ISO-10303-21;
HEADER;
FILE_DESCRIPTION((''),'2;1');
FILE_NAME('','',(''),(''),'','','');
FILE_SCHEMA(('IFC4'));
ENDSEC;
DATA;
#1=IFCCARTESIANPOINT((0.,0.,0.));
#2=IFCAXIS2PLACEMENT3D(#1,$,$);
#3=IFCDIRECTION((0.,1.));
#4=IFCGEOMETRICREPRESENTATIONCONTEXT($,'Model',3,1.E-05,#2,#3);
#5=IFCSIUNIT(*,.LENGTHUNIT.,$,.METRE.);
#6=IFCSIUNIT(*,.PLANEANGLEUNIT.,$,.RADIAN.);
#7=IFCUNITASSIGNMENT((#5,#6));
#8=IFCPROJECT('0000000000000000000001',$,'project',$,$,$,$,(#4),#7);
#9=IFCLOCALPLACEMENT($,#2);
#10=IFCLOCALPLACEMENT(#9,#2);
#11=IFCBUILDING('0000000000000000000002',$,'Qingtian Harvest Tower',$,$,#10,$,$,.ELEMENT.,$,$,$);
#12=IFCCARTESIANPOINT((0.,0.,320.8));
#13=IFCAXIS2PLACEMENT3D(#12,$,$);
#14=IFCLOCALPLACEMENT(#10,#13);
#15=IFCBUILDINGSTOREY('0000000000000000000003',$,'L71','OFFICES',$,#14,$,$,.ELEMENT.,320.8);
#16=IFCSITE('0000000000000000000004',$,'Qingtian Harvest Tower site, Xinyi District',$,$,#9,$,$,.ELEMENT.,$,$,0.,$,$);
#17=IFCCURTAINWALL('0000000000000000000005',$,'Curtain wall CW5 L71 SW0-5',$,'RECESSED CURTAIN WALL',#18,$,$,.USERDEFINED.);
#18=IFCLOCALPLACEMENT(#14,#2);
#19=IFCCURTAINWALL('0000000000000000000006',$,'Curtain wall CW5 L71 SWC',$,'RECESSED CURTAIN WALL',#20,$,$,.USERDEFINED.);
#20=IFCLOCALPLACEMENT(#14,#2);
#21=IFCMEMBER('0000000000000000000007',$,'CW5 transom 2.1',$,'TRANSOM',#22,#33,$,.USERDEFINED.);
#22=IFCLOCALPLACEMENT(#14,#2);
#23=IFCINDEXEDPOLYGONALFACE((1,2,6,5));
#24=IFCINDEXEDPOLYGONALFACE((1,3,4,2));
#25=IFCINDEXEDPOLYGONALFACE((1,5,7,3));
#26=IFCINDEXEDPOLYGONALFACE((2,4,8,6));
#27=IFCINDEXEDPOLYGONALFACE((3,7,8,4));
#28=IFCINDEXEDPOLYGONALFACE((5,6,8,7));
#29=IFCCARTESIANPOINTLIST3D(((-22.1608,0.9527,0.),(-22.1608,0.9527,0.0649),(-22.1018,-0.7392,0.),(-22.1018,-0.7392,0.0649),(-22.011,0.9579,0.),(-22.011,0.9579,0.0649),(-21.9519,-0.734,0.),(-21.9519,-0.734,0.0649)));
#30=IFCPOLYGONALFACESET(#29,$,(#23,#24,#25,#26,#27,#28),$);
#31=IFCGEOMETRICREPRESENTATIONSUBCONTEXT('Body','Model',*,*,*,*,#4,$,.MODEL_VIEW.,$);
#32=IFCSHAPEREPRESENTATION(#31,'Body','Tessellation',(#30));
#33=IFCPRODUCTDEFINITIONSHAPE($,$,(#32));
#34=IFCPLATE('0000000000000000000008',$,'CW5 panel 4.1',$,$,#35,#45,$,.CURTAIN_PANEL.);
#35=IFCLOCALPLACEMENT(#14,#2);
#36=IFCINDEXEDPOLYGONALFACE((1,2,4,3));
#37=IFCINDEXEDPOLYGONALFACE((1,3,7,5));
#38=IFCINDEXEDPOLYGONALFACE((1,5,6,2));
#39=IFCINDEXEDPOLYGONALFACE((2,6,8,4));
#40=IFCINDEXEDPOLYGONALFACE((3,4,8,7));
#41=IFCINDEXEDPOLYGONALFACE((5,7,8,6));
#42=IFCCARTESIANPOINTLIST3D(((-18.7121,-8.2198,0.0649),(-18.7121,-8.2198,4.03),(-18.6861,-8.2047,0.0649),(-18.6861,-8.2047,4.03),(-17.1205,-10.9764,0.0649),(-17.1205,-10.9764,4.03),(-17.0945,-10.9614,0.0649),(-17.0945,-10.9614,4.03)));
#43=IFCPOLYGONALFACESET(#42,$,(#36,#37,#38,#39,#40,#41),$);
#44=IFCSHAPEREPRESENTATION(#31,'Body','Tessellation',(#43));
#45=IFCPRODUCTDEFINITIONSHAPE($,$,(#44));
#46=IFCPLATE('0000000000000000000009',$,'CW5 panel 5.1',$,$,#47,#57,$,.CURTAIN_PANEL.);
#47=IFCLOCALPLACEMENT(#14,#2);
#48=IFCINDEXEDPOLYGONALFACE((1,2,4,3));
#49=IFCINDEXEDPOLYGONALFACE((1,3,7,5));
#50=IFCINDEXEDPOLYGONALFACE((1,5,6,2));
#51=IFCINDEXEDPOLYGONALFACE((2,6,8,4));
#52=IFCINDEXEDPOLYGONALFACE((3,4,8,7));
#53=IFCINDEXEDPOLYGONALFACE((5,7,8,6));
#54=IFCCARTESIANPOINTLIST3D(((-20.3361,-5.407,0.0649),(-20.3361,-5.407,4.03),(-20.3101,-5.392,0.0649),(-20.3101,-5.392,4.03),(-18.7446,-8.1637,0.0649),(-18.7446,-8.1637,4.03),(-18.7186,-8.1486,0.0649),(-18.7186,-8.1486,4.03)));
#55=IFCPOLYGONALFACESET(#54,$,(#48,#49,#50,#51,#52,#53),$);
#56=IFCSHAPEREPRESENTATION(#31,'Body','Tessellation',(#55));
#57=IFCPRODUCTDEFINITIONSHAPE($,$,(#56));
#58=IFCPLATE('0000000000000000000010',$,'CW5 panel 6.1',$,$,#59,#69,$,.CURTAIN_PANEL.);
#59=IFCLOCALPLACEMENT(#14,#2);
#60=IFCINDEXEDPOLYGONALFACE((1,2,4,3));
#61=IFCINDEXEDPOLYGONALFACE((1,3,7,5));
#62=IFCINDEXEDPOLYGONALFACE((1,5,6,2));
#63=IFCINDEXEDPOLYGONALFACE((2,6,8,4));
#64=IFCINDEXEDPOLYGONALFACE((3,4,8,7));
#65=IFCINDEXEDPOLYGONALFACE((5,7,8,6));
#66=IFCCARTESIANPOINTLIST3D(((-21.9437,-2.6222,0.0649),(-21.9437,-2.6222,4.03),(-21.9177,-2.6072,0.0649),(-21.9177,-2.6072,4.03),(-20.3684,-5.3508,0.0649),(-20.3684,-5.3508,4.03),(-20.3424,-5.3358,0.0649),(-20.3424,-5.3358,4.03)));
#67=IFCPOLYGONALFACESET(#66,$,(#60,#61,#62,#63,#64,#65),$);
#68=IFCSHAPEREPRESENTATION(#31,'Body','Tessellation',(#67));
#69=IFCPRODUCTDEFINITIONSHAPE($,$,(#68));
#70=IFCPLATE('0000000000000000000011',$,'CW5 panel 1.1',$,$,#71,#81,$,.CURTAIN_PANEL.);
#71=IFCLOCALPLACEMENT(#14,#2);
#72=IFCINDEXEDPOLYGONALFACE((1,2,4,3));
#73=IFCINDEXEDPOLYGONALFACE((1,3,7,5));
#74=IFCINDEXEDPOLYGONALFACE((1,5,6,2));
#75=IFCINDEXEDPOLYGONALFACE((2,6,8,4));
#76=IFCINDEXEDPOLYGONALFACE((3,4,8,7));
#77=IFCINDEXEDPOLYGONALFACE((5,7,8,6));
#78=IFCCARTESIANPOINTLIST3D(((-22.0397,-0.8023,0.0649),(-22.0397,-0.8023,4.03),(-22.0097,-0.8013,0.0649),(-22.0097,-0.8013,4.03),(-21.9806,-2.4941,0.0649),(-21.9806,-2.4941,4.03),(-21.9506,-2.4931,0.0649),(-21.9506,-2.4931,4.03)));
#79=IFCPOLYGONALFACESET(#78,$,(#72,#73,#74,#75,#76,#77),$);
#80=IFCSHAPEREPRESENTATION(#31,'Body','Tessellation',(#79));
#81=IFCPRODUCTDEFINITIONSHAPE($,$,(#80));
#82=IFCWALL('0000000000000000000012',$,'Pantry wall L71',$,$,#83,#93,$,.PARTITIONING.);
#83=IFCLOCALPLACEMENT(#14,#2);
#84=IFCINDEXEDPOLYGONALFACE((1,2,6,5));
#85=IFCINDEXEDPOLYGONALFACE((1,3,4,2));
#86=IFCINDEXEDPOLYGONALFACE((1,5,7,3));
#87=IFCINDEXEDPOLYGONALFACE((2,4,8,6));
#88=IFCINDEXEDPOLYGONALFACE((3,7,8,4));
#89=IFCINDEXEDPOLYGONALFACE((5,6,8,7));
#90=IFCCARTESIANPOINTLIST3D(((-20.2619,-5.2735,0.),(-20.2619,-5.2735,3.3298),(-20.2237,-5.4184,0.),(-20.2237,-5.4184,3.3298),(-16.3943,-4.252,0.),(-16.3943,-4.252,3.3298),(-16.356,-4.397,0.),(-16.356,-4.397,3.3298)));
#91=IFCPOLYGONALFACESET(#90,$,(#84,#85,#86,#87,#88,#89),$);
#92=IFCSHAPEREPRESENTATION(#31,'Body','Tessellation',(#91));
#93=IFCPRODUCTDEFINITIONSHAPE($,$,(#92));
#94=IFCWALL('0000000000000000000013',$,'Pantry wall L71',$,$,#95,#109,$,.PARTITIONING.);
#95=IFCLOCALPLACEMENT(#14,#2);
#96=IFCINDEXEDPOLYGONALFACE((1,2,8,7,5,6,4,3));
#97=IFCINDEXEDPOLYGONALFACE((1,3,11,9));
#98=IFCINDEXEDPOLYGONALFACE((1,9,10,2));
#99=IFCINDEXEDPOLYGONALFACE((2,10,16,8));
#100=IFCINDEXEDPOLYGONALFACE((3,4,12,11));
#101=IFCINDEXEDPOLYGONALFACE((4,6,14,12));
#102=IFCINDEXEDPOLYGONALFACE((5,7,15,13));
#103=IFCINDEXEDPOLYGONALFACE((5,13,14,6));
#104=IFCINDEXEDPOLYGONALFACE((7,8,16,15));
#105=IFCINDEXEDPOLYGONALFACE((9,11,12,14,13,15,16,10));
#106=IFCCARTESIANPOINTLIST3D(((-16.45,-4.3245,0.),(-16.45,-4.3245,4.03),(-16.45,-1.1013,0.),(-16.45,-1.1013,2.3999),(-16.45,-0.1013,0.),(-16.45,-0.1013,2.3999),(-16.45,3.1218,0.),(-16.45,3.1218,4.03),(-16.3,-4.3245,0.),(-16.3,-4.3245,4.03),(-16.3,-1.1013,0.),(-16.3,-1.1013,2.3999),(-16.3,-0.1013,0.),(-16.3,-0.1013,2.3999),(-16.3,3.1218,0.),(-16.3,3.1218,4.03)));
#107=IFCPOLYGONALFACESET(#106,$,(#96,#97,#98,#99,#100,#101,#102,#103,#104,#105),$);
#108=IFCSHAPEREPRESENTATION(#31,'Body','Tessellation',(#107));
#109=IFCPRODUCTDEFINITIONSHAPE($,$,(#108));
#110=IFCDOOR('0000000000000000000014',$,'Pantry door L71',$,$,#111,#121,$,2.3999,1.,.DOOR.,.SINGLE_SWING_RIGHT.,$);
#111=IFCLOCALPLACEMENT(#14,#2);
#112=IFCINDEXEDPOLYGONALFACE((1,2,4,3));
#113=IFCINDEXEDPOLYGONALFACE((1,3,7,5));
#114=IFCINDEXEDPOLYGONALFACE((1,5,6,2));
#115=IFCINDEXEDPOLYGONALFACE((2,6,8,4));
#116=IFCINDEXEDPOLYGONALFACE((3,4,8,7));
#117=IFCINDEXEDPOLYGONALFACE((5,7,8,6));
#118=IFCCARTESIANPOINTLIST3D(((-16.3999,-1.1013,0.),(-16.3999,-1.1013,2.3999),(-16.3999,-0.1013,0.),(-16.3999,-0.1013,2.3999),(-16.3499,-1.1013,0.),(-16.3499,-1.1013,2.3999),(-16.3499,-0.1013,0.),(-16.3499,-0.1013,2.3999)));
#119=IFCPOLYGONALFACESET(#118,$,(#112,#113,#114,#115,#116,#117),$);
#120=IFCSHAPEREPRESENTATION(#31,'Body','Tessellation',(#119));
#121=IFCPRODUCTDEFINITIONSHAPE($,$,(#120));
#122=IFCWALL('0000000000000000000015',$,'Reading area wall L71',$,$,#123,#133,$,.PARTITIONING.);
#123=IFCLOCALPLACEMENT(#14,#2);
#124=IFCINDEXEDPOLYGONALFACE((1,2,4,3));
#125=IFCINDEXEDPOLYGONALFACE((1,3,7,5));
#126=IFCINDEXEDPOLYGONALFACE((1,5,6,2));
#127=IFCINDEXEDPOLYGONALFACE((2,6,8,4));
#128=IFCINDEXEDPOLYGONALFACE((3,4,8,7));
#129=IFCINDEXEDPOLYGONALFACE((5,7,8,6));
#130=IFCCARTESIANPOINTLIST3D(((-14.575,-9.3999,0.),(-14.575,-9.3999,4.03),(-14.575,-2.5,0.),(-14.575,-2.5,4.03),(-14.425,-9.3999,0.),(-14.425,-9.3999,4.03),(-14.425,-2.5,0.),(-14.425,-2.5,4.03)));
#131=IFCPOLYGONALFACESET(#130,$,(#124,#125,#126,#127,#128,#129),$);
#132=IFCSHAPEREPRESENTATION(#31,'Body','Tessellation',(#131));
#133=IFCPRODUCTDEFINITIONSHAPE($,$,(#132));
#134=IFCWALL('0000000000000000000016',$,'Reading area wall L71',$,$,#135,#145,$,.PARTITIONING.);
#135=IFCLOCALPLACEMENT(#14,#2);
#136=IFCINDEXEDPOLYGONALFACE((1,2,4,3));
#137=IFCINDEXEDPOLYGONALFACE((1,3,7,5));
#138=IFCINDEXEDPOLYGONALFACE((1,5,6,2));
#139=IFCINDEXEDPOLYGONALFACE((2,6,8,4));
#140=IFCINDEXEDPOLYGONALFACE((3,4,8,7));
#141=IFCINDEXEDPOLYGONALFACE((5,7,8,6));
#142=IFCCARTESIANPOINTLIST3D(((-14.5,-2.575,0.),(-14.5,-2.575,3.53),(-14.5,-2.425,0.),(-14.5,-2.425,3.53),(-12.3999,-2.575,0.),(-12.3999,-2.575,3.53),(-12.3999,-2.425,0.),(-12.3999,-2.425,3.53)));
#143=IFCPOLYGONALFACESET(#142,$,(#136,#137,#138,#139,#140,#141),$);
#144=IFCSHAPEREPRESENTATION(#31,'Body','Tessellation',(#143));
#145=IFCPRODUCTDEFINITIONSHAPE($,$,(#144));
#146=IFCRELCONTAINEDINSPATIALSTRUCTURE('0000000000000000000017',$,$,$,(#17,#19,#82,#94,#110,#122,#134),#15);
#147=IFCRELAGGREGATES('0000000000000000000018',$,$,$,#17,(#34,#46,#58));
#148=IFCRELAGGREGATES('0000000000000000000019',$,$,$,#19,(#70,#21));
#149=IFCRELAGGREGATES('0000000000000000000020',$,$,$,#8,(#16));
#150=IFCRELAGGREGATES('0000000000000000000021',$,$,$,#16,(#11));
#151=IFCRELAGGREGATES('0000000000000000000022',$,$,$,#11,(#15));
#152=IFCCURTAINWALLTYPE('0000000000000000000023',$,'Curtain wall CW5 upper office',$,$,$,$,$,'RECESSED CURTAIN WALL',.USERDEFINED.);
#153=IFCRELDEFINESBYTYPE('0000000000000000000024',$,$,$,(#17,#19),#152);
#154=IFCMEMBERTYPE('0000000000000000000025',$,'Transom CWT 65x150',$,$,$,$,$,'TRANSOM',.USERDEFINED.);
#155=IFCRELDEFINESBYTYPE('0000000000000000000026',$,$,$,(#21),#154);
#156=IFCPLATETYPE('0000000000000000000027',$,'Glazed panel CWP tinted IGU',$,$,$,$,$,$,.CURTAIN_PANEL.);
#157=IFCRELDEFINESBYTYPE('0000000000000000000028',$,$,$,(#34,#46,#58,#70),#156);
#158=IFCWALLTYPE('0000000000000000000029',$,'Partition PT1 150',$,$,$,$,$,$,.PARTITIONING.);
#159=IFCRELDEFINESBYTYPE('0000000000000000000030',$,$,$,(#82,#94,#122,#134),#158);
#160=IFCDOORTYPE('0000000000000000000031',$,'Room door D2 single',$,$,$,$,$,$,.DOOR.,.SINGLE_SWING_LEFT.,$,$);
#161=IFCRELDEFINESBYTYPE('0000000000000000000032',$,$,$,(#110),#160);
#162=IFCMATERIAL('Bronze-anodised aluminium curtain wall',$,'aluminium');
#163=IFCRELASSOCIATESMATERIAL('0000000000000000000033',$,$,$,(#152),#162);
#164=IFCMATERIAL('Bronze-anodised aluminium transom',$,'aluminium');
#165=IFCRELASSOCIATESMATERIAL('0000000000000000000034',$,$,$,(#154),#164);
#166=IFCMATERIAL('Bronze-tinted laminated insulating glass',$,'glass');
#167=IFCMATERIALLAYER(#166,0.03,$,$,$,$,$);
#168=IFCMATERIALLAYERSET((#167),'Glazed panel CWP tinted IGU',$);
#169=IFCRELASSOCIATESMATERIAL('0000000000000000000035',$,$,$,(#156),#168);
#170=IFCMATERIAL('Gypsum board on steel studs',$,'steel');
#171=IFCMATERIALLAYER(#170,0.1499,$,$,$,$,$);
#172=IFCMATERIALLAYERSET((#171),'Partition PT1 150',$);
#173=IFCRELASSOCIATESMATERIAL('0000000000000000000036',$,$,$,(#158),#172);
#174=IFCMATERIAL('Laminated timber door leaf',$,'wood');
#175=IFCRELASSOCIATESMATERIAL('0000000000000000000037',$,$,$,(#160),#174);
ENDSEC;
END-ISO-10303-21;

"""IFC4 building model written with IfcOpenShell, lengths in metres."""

from ifc_helpers import new_model, si_unit, direction, frame, frame_2d, origin, origin_2d, place, context, subcontext, project, spatial, rectangle, extrude, material, layer, layer_set, material_profile, profile_set, type_object, element, fill, aggregate, save


model = new_model("IFC4")

# Units and contexts
model_context = context("Model", 3, precision=1e-05, world=origin(), true_north=direction((0.0, 1.0)))
body_context = subcontext(model_context, "Body", "Model", "MODEL_VIEW")
ifc_project = project(units=[si_unit("LENGTHUNIT", "METRE"), si_unit("PLANEANGLEUNIT", "RADIAN")], contexts=[model_context])

# Site, building, storey
site_placement = place(None, origin())
site = spatial("IfcSite", under=ifc_project, at=site_placement, Name="Qingtian Harvest Tower site, Xinyi District", CompositionType="ELEMENT", RefElevation=0.0)
building_placement = place(site_placement, origin())
building = spatial("IfcBuilding", under=site, at=building_placement, Name="Qingtian Harvest Tower", CompositionType="ELEMENT")
storey_placement = place(building_placement, frame((0.0, 0.0, 320.8)))
storey = spatial("IfcBuildingStorey", under=building, at=storey_placement, Name="L71", Description="OFFICES", CompositionType="ELEMENT", Elevation=320.8)

# Curtain walls
ifc_material_1 = material(Name="Bronze-anodised aluminium curtain wall", Category="aluminium")
curtain_wall_type = type_object("IfcCurtainWallType", Name="Curtain wall CW5 upper office", ElementType="RECESSED CURTAIN WALL", PredefinedType="USERDEFINED", material=ifc_material_1)
curtain_wall_1_placement = place(storey_placement, origin())
curtain_wall_1 = element("IfcCurtainWall", 1, at=curtain_wall_1_placement, inside=storey, type_object=curtain_wall_type, Name="Curtain wall CW5 L71 SW0-5", ObjectType="RECESSED CURTAIN WALL", PredefinedType="USERDEFINED")
curtain_wall_2_placement = place(storey_placement, origin())
curtain_wall_2 = element("IfcCurtainWall", 2, at=curtain_wall_2_placement, inside=storey, type_object=curtain_wall_type, Name="Curtain wall CW5 L71 SWC", ObjectType="RECESSED CURTAIN WALL", PredefinedType="USERDEFINED")

# Member
ifc_material_2 = material(Name="Bronze-anodised aluminium transom", Category="aluminium")
ifc_material_profile_1 = material_profile(ifc_material_2, rectangle(XDim=0.1499, YDim=0.0649, at=origin_2d()), Name="AL 65x150")
ifc_profile_set_1 = profile_set([ifc_material_profile_1], Name="Bronze-anodised aluminium transom")
member_type_1 = type_object("IfcMemberType", Name="Transom CWT 65x150", ElementType="TRANSOM", PredefinedType="USERDEFINED", material=ifc_profile_set_1)
member_1_placement = place(storey_placement, frame((-22.0269, -0.7366, 0.0325), z_axis=(-0.034899, 0.999391, 0.0), x_axis=(-0.999391, -0.034899, 0.0)))
member_1 = element("IfcMember", 3, at=member_1_placement, type_object=member_type_1, Name="CW5 transom 2.1", ObjectType="TRANSOM", PredefinedType="USERDEFINED", context=body_context, shape_type="SweptSolid", body=[
    extrude(rectangle(XDim=0.1499, YDim=0.0649, at=origin_2d()), origin(), (0.0, 0.0, 1.0), 1.6929),
])

# Plates
ifc_material_3 = material(Name="Bronze-tinted laminated insulating glass", Category="glass")
ifc_layer_1 = layer(ifc_material_3, 0.03)
ifc_layer_set_1 = layer_set([ifc_layer_1], Name="Glazed panel CWP tinted IGU")
plate_type = type_object("IfcPlateType", Name="Glazed panel CWP tinted IGU", PredefinedType="CURTAIN_PANEL", material=ifc_layer_set_1)
plate_1_placement = place(storey_placement, frame((-17.9033, -9.5906, 0.0649), z_axis=(0.0, 0.0, 1.0), x_axis=(-0.5, 0.866025, 0.0)))
plate_1 = element("IfcPlate", 4, at=plate_1_placement, type_object=plate_type, Name="CW5 panel 4.1", PredefinedType="CURTAIN_PANEL", context=body_context, shape_type="SweptSolid", body=[
    extrude(rectangle(XDim=3.1831, YDim=0.03, at=origin_2d()), origin(), (0.0, 0.0, 1.0), 3.9651),
])
plate_2_placement = place(storey_placement, frame((-19.5273, -6.7778, 0.0649), z_axis=(0.0, 0.0, 1.0), x_axis=(-0.5, 0.866025, 0.0)))
plate_2 = element("IfcPlate", 5, at=plate_2_placement, type_object=plate_type, Name="CW5 panel 5.1", PredefinedType="CURTAIN_PANEL", context=body_context, shape_type="SweptSolid", body=[
    extrude(rectangle(XDim=3.1831, YDim=0.03, at=origin_2d()), origin(), (0.0, 0.0, 1.0), 3.9651),
])
plate_3_placement = place(storey_placement, frame((-21.1431, -3.979, 0.0649), z_axis=(0.0, 0.0, 1.0), x_axis=(-0.5, 0.866025, 0.0)))
plate_3 = element("IfcPlate", 6, at=plate_3_placement, type_object=plate_type, Name="CW5 panel 6.1", PredefinedType="CURTAIN_PANEL", context=body_context, shape_type="SweptSolid", body=[
    extrude(rectangle(XDim=3.1506, YDim=0.03, at=origin_2d()), origin(), (0.0, 0.0, 1.0), 3.9651),
])
aggregate(curtain_wall_1, [plate_1, plate_2, plate_3])
plate_4_placement = place(storey_placement, frame((-21.9951, -1.6477, 0.0649), z_axis=(0.0, 0.0, 1.0), x_axis=(-0.034899, 0.999391, 0.0)))
plate_4 = element("IfcPlate", 7, at=plate_4_placement, type_object=plate_type, Name="CW5 panel 1.1", PredefinedType="CURTAIN_PANEL", context=body_context, shape_type="SweptSolid", body=[
    extrude(rectangle(XDim=1.6929, YDim=0.03, at=origin_2d()), origin(), (0.0, 0.0, 1.0), 3.9651),
])
aggregate(curtain_wall_2, [plate_4, member_1])

# Wall
ifc_material_4 = material(Name="Gypsum board on steel studs", Category="steel")
ifc_layer_2 = layer(ifc_material_4, 0.1499)
ifc_layer_set_2 = layer_set([ifc_layer_2], Name="Partition PT1 150")
wall_type = type_object("IfcWallType", Name="Partition PT1 150", PredefinedType="PARTITIONING", material=ifc_layer_set_2)
wall_1_placement = place(storey_placement, frame((-20.2427, -5.3459, 0.0), z_axis=(0.0, 0.0, 1.0), x_axis=(0.966848, 0.255352, 0.0)))
element("IfcWall", 8, at=wall_1_placement, inside=storey, type_object=wall_type, Name="Pantry wall L71", PredefinedType="PARTITIONING", context=body_context, shape_type="SweptSolid", body=[
    extrude(rectangle(XDim=4.0002, YDim=0.1499, at=frame_2d((2.0, 0.0))), origin(), (0.0, 0.0, 1.0), 3.3298),
])

# Wall, opening, door
wall_2_placement = place(storey_placement, frame((-16.375, -4.3245, 0.0), z_axis=(0.0, 0.0, 1.0), x_axis=(0.0, 1.0, 0.0)))
wall_2 = element("IfcWall", 9, at=wall_2_placement, inside=storey, type_object=wall_type, Name="Pantry wall L71", PredefinedType="PARTITIONING", context=body_context, shape_type="SweptSolid", body=[
    extrude(rectangle(XDim=7.4463, YDim=0.1499, at=frame_2d((3.7231, 0.0))), origin(), (0.0, 0.0, 1.0), 4.03),
])
opening_placement = place(wall_2_placement, frame((3.2231, 0.0, 0.0)))
opening = element("IfcOpeningElement", 10, at=opening_placement, cuts=wall_2, PredefinedType="OPENING", context=body_context, shape_type="SweptSolid", body=[
    extrude(rectangle(XDim=1.0, YDim=2.3999, at=frame_2d((0.5, 1.2))), frame((0.0, 0.085, 0.0), z_axis=(0.0, -1.0, 0.0), x_axis=(1.0, 0.0, 0.0)), (0.0, 0.0, 1.0), 0.1699),
])
ifc_material_5 = material(Name="Laminated timber door leaf", Category="wood")
door_type = type_object("IfcDoorType", Name="Room door D2 single", OperationType="SINGLE_SWING_LEFT", PredefinedType="DOOR", material=ifc_material_5)
door_placement = place(opening_placement, origin())
door = element("IfcDoor", 11, at=door_placement, inside=storey, type_object=door_type, Name="Pantry door L71", OperationType="SINGLE_SWING_RIGHT", OverallHeight=2.3999, OverallWidth=1.0, PredefinedType="DOOR", context=body_context, shape_type="SweptSolid", body=[
    extrude(rectangle(XDim=1.0, YDim=2.3999, at=frame_2d((0.5, 1.2))), frame((0.0, 0.0249, 0.0), z_axis=(0.0, -1.0, 0.0), x_axis=(1.0, 0.0, 0.0)), (0.0, 0.0, 1.0), 0.05),
])
fill(opening, door)

# Walls
wall_3_placement = place(storey_placement, frame((-14.5, -9.3999, 0.0), z_axis=(0.0, 0.0, 1.0), x_axis=(0.0, 1.0, 0.0)))
element("IfcWall", 12, at=wall_3_placement, inside=storey, type_object=wall_type, Name="Reading area wall L71", PredefinedType="PARTITIONING", context=body_context, shape_type="SweptSolid", body=[
    extrude(rectangle(XDim=6.8999, YDim=0.1499, at=frame_2d((3.45, 0.0))), origin(), (0.0, 0.0, 1.0), 4.03),
])
wall_4_placement = place(storey_placement, frame((-12.3999, -2.5, 0.0), z_axis=(0.0, 0.0, 1.0), x_axis=(-1.0, 0.0, 0.0)))
element("IfcWall", 13, at=wall_4_placement, inside=storey, type_object=wall_type, Name="Reading area wall L71", PredefinedType="PARTITIONING", context=body_context, shape_type="SweptSolid", body=[
    extrude(rectangle(XDim=2.1001, YDim=0.1499, at=frame_2d((1.05, 0.0))), origin(), (0.0, 0.0, 1.0), 3.53),
])

save(model, "model.ifc")
